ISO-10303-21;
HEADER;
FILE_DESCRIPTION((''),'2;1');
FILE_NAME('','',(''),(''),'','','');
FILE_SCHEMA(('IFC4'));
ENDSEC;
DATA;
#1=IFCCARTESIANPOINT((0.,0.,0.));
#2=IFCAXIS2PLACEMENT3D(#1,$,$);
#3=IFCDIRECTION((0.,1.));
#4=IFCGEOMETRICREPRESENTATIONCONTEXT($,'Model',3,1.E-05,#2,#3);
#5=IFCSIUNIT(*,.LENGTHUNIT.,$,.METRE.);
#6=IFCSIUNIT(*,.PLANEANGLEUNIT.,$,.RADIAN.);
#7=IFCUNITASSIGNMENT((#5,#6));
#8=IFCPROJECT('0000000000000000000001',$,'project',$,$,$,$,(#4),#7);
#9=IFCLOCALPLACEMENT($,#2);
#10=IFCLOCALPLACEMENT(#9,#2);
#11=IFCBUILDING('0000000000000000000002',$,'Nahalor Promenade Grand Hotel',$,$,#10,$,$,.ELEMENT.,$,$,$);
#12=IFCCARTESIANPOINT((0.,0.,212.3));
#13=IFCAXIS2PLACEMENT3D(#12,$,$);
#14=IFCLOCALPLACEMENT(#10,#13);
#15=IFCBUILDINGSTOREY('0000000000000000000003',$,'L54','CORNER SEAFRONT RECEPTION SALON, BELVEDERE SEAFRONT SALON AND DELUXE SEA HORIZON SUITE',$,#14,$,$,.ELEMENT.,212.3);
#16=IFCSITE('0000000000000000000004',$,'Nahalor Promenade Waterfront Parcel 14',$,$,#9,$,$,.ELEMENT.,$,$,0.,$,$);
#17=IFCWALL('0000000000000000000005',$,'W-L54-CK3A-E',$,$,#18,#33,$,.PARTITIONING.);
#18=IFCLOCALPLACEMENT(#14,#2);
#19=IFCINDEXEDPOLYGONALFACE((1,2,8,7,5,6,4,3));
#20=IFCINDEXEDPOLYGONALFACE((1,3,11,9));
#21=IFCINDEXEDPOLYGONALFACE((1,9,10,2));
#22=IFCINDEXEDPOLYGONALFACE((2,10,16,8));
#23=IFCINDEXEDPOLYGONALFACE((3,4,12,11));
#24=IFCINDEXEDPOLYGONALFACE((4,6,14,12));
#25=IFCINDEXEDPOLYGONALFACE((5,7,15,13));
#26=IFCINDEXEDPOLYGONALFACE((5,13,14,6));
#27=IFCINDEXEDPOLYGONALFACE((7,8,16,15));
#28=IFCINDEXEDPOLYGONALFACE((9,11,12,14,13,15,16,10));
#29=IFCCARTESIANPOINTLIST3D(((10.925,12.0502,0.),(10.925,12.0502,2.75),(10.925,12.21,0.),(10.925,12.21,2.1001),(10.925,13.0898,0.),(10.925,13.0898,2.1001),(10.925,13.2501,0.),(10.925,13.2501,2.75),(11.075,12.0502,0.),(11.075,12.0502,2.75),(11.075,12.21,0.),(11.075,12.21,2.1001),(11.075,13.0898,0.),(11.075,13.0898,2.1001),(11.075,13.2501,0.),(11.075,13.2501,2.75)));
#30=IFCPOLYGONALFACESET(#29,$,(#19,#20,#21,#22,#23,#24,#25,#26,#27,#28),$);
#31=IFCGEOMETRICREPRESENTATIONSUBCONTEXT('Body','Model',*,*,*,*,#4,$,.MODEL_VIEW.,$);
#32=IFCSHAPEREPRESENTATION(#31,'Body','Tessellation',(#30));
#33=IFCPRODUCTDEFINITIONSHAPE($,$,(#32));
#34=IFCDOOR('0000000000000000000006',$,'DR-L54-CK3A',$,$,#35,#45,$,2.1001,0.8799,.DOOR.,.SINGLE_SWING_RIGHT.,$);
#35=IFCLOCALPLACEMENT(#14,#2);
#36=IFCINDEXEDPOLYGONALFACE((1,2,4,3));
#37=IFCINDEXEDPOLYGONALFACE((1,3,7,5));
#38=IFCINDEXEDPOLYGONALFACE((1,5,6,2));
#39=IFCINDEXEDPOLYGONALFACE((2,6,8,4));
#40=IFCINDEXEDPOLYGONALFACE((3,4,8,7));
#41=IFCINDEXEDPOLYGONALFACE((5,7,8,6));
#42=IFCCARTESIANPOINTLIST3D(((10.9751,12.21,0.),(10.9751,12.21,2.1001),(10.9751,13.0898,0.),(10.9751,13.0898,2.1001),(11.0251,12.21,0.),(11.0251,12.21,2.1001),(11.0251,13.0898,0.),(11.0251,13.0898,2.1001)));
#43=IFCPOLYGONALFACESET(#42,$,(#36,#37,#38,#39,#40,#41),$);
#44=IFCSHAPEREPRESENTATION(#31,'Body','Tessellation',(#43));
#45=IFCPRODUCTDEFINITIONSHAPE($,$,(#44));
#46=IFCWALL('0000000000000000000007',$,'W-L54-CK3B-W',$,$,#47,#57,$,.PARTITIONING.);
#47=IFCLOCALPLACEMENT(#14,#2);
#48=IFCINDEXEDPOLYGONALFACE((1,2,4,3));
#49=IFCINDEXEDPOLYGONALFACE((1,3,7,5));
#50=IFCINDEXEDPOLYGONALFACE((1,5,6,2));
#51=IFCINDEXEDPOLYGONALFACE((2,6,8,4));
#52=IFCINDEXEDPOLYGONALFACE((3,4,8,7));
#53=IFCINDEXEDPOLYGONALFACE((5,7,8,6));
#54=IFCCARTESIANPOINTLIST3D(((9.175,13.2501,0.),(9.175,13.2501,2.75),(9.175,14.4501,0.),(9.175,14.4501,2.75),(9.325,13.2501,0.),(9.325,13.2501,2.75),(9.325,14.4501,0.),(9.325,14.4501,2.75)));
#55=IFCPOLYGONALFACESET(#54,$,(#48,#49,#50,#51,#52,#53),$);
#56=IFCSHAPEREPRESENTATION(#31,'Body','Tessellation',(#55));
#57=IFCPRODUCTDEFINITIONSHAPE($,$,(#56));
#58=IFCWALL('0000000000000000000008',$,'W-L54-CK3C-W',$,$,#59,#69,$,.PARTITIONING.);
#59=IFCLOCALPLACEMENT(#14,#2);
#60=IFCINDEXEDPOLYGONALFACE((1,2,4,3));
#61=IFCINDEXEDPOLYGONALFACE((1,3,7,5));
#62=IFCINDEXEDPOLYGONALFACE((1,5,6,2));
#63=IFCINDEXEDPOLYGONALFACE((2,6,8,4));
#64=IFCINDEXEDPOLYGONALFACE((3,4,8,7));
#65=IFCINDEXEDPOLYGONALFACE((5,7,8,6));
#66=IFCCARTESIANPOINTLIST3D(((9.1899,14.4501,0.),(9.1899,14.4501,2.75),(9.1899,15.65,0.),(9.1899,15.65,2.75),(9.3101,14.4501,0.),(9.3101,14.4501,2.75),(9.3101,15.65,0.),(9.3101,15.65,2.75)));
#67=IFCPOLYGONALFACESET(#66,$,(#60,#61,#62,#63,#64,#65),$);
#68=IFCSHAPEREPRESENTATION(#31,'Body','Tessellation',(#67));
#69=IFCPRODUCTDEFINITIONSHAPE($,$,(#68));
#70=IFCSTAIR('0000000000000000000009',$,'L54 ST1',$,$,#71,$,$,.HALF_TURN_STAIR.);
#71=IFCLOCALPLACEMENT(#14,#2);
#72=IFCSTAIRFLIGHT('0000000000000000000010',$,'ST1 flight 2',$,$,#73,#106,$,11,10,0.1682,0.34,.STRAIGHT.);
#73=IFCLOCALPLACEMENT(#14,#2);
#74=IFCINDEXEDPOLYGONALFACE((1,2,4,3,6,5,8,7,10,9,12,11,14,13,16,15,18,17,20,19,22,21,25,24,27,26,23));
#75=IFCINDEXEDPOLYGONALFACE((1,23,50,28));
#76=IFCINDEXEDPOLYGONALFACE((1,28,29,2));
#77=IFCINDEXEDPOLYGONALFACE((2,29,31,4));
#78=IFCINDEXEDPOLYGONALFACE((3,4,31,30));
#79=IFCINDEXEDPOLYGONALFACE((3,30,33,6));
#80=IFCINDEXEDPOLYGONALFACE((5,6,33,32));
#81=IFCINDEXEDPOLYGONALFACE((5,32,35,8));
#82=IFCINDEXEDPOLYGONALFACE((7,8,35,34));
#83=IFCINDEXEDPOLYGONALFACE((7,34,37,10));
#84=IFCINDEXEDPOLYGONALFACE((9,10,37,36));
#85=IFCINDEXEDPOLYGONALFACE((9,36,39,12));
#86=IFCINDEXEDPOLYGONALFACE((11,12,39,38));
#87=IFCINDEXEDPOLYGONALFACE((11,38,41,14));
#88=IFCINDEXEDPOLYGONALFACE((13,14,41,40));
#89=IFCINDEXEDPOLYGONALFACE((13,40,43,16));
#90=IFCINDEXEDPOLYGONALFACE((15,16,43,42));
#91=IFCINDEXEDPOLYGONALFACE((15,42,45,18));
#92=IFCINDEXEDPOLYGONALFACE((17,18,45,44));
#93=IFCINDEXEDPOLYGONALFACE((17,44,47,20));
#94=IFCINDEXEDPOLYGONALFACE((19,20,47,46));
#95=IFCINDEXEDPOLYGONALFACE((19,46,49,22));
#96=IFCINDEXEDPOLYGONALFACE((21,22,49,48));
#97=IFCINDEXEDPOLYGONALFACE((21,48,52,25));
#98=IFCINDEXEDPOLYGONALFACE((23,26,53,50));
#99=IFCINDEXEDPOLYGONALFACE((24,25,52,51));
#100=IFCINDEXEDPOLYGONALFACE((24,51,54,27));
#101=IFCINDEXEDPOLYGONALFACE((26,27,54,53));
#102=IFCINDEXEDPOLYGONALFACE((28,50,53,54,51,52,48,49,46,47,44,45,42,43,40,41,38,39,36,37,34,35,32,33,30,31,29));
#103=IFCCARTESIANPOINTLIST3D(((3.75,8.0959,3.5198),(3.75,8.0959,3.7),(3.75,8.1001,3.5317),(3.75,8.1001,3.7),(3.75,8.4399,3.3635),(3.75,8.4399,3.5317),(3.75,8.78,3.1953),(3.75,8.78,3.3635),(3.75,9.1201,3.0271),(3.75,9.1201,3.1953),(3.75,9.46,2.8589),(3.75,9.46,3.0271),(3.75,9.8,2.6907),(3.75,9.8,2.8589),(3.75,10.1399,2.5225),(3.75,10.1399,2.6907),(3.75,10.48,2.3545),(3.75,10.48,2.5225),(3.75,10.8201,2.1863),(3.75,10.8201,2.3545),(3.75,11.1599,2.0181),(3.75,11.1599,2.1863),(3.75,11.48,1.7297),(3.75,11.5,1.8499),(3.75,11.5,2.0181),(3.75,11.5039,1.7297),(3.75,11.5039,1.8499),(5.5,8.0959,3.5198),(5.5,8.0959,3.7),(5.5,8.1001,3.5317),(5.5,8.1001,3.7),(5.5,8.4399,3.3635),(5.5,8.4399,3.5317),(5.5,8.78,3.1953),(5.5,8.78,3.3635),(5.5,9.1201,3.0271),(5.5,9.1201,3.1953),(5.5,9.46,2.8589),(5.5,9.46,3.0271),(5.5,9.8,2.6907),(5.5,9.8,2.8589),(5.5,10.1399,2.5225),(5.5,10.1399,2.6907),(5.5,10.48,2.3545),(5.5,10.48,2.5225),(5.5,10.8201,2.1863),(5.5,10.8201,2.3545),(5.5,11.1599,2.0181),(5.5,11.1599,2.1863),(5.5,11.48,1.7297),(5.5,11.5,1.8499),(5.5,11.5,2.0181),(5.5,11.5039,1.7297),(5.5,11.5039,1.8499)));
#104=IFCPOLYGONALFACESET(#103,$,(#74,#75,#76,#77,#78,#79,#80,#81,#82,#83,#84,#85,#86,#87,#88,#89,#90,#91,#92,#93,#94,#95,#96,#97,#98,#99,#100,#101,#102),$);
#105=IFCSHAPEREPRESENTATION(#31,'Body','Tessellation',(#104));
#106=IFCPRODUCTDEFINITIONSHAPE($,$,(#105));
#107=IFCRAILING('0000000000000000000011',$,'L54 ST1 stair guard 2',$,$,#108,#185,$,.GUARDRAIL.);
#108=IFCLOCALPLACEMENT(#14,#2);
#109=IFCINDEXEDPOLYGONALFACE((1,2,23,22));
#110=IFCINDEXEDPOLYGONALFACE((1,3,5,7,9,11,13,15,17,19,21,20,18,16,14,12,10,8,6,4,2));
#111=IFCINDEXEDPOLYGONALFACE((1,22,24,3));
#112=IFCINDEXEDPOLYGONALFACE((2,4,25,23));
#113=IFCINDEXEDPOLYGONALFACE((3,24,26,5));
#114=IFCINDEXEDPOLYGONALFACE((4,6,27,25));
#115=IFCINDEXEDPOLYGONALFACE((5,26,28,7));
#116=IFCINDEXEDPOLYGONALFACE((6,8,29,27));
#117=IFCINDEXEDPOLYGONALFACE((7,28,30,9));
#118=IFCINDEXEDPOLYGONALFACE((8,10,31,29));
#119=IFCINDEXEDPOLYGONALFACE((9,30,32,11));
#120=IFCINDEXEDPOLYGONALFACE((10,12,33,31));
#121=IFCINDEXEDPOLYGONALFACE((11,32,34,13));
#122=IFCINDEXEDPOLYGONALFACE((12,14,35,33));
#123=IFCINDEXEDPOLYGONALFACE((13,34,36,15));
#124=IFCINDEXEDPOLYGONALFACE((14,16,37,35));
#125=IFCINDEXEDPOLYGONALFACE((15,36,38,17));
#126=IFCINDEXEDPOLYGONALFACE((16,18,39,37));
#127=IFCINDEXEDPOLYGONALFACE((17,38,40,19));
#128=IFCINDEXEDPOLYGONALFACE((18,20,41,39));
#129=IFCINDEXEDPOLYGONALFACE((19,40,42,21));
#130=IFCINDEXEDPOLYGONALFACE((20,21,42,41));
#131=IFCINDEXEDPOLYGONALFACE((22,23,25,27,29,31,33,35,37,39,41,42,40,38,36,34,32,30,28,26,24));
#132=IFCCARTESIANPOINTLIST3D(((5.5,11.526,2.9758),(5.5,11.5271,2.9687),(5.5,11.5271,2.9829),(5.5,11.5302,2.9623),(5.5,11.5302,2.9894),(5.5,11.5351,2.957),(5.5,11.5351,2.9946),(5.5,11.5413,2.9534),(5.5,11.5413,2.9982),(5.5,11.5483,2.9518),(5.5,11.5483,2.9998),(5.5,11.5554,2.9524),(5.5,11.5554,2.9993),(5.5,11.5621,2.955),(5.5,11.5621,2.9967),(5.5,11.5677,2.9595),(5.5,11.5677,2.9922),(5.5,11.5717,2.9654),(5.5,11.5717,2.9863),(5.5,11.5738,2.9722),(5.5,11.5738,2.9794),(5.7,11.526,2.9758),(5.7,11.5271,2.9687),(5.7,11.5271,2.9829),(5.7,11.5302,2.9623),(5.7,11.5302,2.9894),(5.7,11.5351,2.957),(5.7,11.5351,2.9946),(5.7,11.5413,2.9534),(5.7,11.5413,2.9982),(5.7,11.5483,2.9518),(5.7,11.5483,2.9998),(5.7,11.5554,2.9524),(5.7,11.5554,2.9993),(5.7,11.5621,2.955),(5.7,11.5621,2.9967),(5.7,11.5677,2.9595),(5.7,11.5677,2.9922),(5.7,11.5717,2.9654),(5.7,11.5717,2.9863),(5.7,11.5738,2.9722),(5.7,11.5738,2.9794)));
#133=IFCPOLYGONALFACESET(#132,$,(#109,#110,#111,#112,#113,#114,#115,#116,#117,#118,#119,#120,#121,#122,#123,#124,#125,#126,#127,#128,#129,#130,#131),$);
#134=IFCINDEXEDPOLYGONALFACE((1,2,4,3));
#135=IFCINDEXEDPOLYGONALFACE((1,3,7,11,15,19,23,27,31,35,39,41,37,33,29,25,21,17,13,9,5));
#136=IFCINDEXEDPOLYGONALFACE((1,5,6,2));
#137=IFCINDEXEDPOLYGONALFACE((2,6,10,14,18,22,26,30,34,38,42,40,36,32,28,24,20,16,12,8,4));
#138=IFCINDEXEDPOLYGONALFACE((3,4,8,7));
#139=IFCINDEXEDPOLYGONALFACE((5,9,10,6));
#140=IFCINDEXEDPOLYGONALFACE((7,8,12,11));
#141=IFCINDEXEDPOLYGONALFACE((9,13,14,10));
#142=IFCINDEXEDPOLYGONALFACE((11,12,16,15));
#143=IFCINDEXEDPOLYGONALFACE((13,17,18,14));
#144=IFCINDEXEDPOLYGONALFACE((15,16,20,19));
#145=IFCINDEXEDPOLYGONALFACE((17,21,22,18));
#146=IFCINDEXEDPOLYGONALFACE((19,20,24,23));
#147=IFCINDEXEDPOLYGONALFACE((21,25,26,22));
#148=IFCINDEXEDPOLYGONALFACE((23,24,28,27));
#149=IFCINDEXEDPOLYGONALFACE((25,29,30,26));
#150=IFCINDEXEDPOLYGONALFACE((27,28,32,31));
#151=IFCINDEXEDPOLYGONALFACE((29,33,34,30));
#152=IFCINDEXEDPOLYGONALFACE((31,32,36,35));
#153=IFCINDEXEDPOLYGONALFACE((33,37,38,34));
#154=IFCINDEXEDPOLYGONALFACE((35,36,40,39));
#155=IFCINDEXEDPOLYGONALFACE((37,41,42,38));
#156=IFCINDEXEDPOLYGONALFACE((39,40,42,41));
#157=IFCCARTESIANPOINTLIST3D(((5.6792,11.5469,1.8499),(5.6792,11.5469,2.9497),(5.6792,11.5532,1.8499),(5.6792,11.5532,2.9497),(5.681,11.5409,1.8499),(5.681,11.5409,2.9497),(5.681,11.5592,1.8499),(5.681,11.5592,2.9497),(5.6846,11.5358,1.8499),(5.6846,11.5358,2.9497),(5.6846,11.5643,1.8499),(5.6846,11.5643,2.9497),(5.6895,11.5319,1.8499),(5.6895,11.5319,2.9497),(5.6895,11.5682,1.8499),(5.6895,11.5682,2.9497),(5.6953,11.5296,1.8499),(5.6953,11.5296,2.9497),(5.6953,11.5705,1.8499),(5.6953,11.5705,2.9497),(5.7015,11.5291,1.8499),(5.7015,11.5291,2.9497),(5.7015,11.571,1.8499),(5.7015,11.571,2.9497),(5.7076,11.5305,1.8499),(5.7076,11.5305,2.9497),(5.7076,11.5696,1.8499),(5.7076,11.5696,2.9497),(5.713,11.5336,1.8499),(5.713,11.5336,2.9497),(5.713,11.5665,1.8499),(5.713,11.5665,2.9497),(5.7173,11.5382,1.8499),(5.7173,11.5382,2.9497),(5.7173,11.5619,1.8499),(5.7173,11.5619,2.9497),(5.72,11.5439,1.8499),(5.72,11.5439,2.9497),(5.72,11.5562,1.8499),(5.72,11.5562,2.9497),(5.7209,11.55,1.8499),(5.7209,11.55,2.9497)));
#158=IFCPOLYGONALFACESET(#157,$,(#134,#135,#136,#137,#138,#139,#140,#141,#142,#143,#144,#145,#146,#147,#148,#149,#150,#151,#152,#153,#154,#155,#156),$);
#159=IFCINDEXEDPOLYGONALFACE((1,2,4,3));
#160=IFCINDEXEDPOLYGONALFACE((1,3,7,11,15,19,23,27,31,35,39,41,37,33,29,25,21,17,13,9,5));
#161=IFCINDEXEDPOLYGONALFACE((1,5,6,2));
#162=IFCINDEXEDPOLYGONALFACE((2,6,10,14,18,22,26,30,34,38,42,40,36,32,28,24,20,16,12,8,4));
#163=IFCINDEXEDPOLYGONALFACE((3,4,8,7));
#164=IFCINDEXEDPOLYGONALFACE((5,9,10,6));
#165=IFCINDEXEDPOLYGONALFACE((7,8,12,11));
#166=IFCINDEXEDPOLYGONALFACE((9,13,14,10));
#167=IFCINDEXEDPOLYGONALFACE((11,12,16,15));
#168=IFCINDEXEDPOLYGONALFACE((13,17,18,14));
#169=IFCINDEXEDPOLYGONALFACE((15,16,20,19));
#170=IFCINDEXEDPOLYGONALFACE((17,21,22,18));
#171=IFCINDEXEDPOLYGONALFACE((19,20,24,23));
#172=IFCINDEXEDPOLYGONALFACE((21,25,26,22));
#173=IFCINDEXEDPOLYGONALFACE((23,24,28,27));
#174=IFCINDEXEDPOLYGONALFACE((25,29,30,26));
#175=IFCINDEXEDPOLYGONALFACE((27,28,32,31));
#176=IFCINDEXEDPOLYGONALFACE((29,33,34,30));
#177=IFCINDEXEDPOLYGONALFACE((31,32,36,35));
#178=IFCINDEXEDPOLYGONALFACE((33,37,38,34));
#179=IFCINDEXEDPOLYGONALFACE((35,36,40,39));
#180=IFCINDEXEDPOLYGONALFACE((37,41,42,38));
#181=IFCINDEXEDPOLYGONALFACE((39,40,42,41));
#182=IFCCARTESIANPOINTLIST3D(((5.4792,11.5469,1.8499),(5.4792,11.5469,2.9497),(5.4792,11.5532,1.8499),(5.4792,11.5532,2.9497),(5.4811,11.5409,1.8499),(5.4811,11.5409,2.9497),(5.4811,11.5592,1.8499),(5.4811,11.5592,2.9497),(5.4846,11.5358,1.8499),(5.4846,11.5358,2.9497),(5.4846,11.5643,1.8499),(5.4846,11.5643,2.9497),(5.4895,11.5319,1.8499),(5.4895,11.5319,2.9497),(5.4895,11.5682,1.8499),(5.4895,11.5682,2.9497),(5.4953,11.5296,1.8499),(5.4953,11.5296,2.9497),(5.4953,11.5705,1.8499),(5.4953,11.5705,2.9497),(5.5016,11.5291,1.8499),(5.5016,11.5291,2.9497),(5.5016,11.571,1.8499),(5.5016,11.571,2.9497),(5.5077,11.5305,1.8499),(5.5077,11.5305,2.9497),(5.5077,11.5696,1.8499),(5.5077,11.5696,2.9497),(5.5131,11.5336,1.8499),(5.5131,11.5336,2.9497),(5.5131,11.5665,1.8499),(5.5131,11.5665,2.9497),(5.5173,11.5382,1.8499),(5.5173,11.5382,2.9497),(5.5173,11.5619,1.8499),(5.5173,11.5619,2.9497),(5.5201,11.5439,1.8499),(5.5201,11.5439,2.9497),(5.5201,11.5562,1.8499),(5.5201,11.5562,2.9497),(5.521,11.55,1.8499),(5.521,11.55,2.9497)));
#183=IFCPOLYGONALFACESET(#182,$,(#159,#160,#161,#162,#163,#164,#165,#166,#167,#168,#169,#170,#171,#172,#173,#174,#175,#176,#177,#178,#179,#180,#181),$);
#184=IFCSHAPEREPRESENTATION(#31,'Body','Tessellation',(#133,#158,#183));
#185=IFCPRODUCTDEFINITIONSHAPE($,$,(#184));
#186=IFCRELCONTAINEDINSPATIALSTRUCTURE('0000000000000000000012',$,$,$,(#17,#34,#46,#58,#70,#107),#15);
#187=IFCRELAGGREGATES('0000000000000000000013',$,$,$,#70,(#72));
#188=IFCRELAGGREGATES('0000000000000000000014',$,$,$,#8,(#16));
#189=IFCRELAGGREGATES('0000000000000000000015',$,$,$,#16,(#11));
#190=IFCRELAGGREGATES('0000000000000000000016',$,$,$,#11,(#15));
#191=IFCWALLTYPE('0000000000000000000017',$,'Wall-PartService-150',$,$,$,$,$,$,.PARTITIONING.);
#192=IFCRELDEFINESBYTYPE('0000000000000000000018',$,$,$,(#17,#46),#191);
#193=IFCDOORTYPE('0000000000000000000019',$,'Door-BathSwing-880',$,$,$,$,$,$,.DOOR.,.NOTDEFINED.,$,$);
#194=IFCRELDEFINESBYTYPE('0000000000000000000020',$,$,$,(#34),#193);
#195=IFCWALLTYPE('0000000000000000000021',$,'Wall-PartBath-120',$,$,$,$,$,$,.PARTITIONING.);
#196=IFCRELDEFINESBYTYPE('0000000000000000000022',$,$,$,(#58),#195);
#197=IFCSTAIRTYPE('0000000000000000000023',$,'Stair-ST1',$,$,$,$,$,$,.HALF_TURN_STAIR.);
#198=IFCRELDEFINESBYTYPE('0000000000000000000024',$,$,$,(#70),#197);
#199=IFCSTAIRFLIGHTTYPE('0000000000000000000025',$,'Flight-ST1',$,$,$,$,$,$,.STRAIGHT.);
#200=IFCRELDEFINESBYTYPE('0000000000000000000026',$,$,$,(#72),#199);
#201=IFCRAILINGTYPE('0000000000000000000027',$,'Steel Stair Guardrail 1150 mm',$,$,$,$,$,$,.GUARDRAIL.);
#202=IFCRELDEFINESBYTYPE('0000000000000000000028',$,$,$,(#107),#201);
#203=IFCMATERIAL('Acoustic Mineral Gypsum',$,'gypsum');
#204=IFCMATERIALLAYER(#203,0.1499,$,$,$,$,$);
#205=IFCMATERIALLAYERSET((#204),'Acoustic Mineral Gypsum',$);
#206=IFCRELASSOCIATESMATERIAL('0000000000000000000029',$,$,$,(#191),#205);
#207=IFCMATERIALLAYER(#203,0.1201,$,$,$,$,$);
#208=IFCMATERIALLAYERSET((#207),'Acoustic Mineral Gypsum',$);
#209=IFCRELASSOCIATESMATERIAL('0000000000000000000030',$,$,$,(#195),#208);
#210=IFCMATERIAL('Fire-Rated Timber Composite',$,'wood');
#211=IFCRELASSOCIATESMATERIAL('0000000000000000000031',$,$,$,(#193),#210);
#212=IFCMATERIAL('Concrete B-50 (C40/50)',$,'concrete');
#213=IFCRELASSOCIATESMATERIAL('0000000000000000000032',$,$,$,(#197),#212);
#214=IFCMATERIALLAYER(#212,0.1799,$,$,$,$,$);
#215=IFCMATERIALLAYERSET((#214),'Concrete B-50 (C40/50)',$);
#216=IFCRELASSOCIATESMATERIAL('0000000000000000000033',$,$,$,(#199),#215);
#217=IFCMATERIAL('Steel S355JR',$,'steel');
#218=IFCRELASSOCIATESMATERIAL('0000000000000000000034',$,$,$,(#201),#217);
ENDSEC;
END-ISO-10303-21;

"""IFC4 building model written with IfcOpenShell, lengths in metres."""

from ifc_helpers import new_model, si_unit, direction, frame, frame_2d, origin, origin_2d, place, context, subcontext, project, spatial, polyline, rectangle, circle, outline, extrude, source, transform, mapped, material, layer, layer_set, type_object, element, fill, aggregate, save


model = new_model("IFC4")

# Units and contexts
model_context = context("Model", 3, precision=1e-05, world=origin(), true_north=direction((0.0, 1.0)))
body_context = subcontext(model_context, "Body", "Model", "MODEL_VIEW")
ifc_project = project(units=[si_unit("LENGTHUNIT", "METRE"), si_unit("PLANEANGLEUNIT", "RADIAN")], contexts=[model_context])

# Site, building, storey
site_placement = place(None, origin())
site = spatial("IfcSite", under=ifc_project, at=site_placement, Name="Nahalor Promenade Waterfront Parcel 14", CompositionType="ELEMENT", RefElevation=0.0)
building_placement = place(site_placement, origin())
building = spatial("IfcBuilding", under=site, at=building_placement, Name="Nahalor Promenade Grand Hotel", CompositionType="ELEMENT")
storey_placement = place(building_placement, frame((0.0, 0.0, 212.3)))
storey = spatial("IfcBuildingStorey", under=building, at=storey_placement, Name="L54", Description="CORNER SEAFRONT RECEPTION SALON, BELVEDERE SEAFRONT SALON AND DELUXE SEA HORIZON SUITE", CompositionType="ELEMENT", Elevation=212.3)

# Shared definitions
ifc_material_1 = material(Name="Steel S355JR", Category="steel")

# Shared definitions
ifc_material_2 = material(Name="Concrete B-50 (C40/50)", Category="concrete")
ifc_material_3 = material(Name="Acoustic Mineral Gypsum", Category="gypsum")
ifc_layer_1 = layer(ifc_material_3, 0.1499)
ifc_layer_set_1 = layer_set([ifc_layer_1], Name="Acoustic Mineral Gypsum")
wall_type_1 = type_object("IfcWallType", Name="Wall-PartService-150", PredefinedType="PARTITIONING", material=ifc_layer_set_1)
ifc_layer_2 = layer(ifc_material_3, 0.1201)
ifc_layer_set_2 = layer_set([ifc_layer_2], Name="Acoustic Mineral Gypsum")
wall_type_2 = type_object("IfcWallType", Name="Wall-PartBath-120", PredefinedType="PARTITIONING", material=ifc_layer_set_2)
shared_shape_1 = source(origin(), body_context, "Body", "SweptSolid", [
    extrude(rectangle(XDim=1.2, YDim=0.1499, at=frame_2d((0.6001, 0.0))), origin(), (0.0, 0.0, 1.0), 2.75),
])

# Wall, opening, door
wall_1_placement = place(storey_placement, frame((11.0, 12.05, 0.0), z_axis=(0.0, 0.0, 1.0), x_axis=(0.0, 1.0, 0.0)))
wall_1 = element("IfcWall", 1, at=wall_1_placement, inside=storey, type_object=wall_type_1, Name="W-L54-CK3A-E", PredefinedType="PARTITIONING", context=body_context, shape_type="MappedRepresentation", body=[
    mapped(shared_shape_1, transform((0.0, 0.0, 0.0), scale=1.0)),
])
opening_placement = place(wall_1_placement, frame((0.1599, 0.0, 0.0)))
opening = element("IfcOpeningElement", 2, at=opening_placement, cuts=wall_1, PredefinedType="OPENING", context=body_context, shape_type="SweptSolid", body=[
    extrude(rectangle(XDim=0.8799, YDim=2.1001, at=frame_2d((0.4399, 1.05))), frame((0.0, 0.085, 0.0), z_axis=(0.0, -1.0, 0.0), x_axis=(1.0, 0.0, 0.0)), (0.0, 0.0, 1.0), 0.1699),
])
ifc_material_4 = material(Name="Fire-Rated Timber Composite", Category="wood")
door_type = type_object("IfcDoorType", Name="Door-BathSwing-880", OperationType="NOTDEFINED", PredefinedType="DOOR", material=ifc_material_4)
shared_shape_2 = source(origin(), body_context, "Body", "SweptSolid", [
    extrude(rectangle(XDim=0.8799, YDim=2.1001, at=frame_2d((0.4399, 1.05))), frame((0.0, 0.0249, 0.0), z_axis=(0.0, -1.0, 0.0), x_axis=(1.0, 0.0, 0.0)), (0.0, 0.0, 1.0), 0.05),
])
door_placement = place(opening_placement, origin())
door = element("IfcDoor", 3, at=door_placement, inside=storey, type_object=door_type, Name="DR-L54-CK3A", OperationType="SINGLE_SWING_RIGHT", OverallHeight=2.1001, OverallWidth=0.8799, PredefinedType="DOOR", context=body_context, shape_type="MappedRepresentation", body=[
    mapped(shared_shape_2, transform((0.0, 0.0, 0.0), scale=1.0)),
])
fill(opening, door)

# Walls
wall_2_placement = place(storey_placement, frame((9.25, 13.25, 0.0), z_axis=(0.0, 0.0, 1.0), x_axis=(0.0, 1.0, 0.0)))
element("IfcWall", 4, at=wall_2_placement, inside=storey, type_object=wall_type_1, Name="W-L54-CK3B-W", PredefinedType="PARTITIONING", context=body_context, shape_type="MappedRepresentation", body=[
    mapped(shared_shape_1, transform((0.0, 0.0, 0.0), scale=1.0)),
])
shared_shape_3 = source(origin(), body_context, "Body", "SweptSolid", [
    extrude(rectangle(XDim=1.2, YDim=0.1201, at=frame_2d((0.6001, 0.0))), origin(), (0.0, 0.0, 1.0), 2.75),
])
wall_3_placement = place(storey_placement, frame((9.25, 14.45, 0.0), z_axis=(0.0, 0.0, 1.0), x_axis=(0.0, 1.0, 0.0)))
element("IfcWall", 5, at=wall_3_placement, inside=storey, type_object=wall_type_2, Name="W-L54-CK3C-W", PredefinedType="PARTITIONING", context=body_context, shape_type="MappedRepresentation", body=[
    mapped(shared_shape_3, transform((0.0, 0.0, 0.0), scale=1.0)),
])

# Stair, stair flight
stair_type = type_object("IfcStairType", Name="Stair-ST1", PredefinedType="HALF_TURN_STAIR", material=ifc_material_2)
stair_placement = place(storey_placement, origin())
stair = element("IfcStair", 6, at=stair_placement, inside=storey, type_object=stair_type, Name="L54 ST1", PredefinedType="HALF_TURN_STAIR")
ifc_layer_3 = layer(ifc_material_2, 0.1799)
ifc_layer_set_3 = layer_set([ifc_layer_3], Name="Concrete B-50 (C40/50)")
stair_flight_type = type_object("IfcStairFlightType", Name="Flight-ST1", PredefinedType="STRAIGHT", material=ifc_layer_set_3)
shared_shape_4 = source(origin(), body_context, "Body", "SweptSolid", [
    extrude(outline(polyline([(-0.0039, -0.1201), (-0.0039, 0.0), (0.0, 0.0), (0.0, 0.1682), (0.3401, 0.1682), (0.3401, 0.3364), (0.6799, 0.3364), (0.6799, 0.5046), (1.02, 0.5046), (1.02, 0.6726), (1.3601, 0.6726), (1.3601, 0.8408), (1.7, 0.8408), (1.7, 1.009), (2.04, 1.009), (2.04, 1.1772), (2.3799, 1.1772), (2.3799, 1.3455), (2.72, 1.3455), (2.72, 1.5137), (3.0601, 1.5137), (3.0601, 1.6819), (3.3999, 1.6819), (3.3999, 1.8501), (3.4041, 1.8501), (3.4041, 1.6699), (0.02, -0.1201), (-0.0039, -0.1201)])), frame((0.0, 0.875, 0.0), z_axis=(0.0, -1.0, 0.0), x_axis=(1.0, 0.0, 0.0)), (0.0, 0.0, 1.0), 1.75),
])
stair_flight_placement = place(storey_placement, frame((4.625, 11.5, 1.8499), z_axis=(0.0, 0.0, 1.0), x_axis=(0.0, -1.0, 0.0)))
stair_flight = element("IfcStairFlight", 7, at=stair_flight_placement, type_object=stair_flight_type, Name="ST1 flight 2", NumberOfRisers=11, NumberOfTreads=10, PredefinedType="STRAIGHT", RiserHeight=0.1682, TreadLength=0.34, context=body_context, shape_type="MappedRepresentation", body=[
    mapped(shared_shape_4, transform((0.0, 0.0, 0.0), scale=1.0)),
])
aggregate(stair, [stair_flight])

# Railing
railing_type = type_object("IfcRailingType", Name="Steel Stair Guardrail 1150 mm", PredefinedType="GUARDRAIL", material=ifc_material_1)
railing_1_placement = place(storey_placement, frame((5.7, 11.55, 1.8499)))
element("IfcRailing", 8, at=railing_1_placement, inside=storey, type_object=railing_type, Name="L54 ST1 stair guard 2", PredefinedType="GUARDRAIL", context=body_context, shape_type="SweptSolid", body=[
    extrude(circle(Radius=0.024, at=origin_2d()), frame((0.0, 0.0, 1.126), z_axis=(-1.0, 0.0, 0.0), x_axis=(0.0, -1.0, 0.0)), (0.0, 0.0, 1.0), 0.2),
    extrude(circle(Radius=0.021, at=origin_2d()), origin(), (0.0, 0.0, 1.0), 1.0999),
    extrude(circle(Radius=0.021, at=origin_2d()), frame((-0.2, 0.0, 0.0)), (0.0, 0.0, 1.0), 1.0999),
])

save(model, "model.ifc")
